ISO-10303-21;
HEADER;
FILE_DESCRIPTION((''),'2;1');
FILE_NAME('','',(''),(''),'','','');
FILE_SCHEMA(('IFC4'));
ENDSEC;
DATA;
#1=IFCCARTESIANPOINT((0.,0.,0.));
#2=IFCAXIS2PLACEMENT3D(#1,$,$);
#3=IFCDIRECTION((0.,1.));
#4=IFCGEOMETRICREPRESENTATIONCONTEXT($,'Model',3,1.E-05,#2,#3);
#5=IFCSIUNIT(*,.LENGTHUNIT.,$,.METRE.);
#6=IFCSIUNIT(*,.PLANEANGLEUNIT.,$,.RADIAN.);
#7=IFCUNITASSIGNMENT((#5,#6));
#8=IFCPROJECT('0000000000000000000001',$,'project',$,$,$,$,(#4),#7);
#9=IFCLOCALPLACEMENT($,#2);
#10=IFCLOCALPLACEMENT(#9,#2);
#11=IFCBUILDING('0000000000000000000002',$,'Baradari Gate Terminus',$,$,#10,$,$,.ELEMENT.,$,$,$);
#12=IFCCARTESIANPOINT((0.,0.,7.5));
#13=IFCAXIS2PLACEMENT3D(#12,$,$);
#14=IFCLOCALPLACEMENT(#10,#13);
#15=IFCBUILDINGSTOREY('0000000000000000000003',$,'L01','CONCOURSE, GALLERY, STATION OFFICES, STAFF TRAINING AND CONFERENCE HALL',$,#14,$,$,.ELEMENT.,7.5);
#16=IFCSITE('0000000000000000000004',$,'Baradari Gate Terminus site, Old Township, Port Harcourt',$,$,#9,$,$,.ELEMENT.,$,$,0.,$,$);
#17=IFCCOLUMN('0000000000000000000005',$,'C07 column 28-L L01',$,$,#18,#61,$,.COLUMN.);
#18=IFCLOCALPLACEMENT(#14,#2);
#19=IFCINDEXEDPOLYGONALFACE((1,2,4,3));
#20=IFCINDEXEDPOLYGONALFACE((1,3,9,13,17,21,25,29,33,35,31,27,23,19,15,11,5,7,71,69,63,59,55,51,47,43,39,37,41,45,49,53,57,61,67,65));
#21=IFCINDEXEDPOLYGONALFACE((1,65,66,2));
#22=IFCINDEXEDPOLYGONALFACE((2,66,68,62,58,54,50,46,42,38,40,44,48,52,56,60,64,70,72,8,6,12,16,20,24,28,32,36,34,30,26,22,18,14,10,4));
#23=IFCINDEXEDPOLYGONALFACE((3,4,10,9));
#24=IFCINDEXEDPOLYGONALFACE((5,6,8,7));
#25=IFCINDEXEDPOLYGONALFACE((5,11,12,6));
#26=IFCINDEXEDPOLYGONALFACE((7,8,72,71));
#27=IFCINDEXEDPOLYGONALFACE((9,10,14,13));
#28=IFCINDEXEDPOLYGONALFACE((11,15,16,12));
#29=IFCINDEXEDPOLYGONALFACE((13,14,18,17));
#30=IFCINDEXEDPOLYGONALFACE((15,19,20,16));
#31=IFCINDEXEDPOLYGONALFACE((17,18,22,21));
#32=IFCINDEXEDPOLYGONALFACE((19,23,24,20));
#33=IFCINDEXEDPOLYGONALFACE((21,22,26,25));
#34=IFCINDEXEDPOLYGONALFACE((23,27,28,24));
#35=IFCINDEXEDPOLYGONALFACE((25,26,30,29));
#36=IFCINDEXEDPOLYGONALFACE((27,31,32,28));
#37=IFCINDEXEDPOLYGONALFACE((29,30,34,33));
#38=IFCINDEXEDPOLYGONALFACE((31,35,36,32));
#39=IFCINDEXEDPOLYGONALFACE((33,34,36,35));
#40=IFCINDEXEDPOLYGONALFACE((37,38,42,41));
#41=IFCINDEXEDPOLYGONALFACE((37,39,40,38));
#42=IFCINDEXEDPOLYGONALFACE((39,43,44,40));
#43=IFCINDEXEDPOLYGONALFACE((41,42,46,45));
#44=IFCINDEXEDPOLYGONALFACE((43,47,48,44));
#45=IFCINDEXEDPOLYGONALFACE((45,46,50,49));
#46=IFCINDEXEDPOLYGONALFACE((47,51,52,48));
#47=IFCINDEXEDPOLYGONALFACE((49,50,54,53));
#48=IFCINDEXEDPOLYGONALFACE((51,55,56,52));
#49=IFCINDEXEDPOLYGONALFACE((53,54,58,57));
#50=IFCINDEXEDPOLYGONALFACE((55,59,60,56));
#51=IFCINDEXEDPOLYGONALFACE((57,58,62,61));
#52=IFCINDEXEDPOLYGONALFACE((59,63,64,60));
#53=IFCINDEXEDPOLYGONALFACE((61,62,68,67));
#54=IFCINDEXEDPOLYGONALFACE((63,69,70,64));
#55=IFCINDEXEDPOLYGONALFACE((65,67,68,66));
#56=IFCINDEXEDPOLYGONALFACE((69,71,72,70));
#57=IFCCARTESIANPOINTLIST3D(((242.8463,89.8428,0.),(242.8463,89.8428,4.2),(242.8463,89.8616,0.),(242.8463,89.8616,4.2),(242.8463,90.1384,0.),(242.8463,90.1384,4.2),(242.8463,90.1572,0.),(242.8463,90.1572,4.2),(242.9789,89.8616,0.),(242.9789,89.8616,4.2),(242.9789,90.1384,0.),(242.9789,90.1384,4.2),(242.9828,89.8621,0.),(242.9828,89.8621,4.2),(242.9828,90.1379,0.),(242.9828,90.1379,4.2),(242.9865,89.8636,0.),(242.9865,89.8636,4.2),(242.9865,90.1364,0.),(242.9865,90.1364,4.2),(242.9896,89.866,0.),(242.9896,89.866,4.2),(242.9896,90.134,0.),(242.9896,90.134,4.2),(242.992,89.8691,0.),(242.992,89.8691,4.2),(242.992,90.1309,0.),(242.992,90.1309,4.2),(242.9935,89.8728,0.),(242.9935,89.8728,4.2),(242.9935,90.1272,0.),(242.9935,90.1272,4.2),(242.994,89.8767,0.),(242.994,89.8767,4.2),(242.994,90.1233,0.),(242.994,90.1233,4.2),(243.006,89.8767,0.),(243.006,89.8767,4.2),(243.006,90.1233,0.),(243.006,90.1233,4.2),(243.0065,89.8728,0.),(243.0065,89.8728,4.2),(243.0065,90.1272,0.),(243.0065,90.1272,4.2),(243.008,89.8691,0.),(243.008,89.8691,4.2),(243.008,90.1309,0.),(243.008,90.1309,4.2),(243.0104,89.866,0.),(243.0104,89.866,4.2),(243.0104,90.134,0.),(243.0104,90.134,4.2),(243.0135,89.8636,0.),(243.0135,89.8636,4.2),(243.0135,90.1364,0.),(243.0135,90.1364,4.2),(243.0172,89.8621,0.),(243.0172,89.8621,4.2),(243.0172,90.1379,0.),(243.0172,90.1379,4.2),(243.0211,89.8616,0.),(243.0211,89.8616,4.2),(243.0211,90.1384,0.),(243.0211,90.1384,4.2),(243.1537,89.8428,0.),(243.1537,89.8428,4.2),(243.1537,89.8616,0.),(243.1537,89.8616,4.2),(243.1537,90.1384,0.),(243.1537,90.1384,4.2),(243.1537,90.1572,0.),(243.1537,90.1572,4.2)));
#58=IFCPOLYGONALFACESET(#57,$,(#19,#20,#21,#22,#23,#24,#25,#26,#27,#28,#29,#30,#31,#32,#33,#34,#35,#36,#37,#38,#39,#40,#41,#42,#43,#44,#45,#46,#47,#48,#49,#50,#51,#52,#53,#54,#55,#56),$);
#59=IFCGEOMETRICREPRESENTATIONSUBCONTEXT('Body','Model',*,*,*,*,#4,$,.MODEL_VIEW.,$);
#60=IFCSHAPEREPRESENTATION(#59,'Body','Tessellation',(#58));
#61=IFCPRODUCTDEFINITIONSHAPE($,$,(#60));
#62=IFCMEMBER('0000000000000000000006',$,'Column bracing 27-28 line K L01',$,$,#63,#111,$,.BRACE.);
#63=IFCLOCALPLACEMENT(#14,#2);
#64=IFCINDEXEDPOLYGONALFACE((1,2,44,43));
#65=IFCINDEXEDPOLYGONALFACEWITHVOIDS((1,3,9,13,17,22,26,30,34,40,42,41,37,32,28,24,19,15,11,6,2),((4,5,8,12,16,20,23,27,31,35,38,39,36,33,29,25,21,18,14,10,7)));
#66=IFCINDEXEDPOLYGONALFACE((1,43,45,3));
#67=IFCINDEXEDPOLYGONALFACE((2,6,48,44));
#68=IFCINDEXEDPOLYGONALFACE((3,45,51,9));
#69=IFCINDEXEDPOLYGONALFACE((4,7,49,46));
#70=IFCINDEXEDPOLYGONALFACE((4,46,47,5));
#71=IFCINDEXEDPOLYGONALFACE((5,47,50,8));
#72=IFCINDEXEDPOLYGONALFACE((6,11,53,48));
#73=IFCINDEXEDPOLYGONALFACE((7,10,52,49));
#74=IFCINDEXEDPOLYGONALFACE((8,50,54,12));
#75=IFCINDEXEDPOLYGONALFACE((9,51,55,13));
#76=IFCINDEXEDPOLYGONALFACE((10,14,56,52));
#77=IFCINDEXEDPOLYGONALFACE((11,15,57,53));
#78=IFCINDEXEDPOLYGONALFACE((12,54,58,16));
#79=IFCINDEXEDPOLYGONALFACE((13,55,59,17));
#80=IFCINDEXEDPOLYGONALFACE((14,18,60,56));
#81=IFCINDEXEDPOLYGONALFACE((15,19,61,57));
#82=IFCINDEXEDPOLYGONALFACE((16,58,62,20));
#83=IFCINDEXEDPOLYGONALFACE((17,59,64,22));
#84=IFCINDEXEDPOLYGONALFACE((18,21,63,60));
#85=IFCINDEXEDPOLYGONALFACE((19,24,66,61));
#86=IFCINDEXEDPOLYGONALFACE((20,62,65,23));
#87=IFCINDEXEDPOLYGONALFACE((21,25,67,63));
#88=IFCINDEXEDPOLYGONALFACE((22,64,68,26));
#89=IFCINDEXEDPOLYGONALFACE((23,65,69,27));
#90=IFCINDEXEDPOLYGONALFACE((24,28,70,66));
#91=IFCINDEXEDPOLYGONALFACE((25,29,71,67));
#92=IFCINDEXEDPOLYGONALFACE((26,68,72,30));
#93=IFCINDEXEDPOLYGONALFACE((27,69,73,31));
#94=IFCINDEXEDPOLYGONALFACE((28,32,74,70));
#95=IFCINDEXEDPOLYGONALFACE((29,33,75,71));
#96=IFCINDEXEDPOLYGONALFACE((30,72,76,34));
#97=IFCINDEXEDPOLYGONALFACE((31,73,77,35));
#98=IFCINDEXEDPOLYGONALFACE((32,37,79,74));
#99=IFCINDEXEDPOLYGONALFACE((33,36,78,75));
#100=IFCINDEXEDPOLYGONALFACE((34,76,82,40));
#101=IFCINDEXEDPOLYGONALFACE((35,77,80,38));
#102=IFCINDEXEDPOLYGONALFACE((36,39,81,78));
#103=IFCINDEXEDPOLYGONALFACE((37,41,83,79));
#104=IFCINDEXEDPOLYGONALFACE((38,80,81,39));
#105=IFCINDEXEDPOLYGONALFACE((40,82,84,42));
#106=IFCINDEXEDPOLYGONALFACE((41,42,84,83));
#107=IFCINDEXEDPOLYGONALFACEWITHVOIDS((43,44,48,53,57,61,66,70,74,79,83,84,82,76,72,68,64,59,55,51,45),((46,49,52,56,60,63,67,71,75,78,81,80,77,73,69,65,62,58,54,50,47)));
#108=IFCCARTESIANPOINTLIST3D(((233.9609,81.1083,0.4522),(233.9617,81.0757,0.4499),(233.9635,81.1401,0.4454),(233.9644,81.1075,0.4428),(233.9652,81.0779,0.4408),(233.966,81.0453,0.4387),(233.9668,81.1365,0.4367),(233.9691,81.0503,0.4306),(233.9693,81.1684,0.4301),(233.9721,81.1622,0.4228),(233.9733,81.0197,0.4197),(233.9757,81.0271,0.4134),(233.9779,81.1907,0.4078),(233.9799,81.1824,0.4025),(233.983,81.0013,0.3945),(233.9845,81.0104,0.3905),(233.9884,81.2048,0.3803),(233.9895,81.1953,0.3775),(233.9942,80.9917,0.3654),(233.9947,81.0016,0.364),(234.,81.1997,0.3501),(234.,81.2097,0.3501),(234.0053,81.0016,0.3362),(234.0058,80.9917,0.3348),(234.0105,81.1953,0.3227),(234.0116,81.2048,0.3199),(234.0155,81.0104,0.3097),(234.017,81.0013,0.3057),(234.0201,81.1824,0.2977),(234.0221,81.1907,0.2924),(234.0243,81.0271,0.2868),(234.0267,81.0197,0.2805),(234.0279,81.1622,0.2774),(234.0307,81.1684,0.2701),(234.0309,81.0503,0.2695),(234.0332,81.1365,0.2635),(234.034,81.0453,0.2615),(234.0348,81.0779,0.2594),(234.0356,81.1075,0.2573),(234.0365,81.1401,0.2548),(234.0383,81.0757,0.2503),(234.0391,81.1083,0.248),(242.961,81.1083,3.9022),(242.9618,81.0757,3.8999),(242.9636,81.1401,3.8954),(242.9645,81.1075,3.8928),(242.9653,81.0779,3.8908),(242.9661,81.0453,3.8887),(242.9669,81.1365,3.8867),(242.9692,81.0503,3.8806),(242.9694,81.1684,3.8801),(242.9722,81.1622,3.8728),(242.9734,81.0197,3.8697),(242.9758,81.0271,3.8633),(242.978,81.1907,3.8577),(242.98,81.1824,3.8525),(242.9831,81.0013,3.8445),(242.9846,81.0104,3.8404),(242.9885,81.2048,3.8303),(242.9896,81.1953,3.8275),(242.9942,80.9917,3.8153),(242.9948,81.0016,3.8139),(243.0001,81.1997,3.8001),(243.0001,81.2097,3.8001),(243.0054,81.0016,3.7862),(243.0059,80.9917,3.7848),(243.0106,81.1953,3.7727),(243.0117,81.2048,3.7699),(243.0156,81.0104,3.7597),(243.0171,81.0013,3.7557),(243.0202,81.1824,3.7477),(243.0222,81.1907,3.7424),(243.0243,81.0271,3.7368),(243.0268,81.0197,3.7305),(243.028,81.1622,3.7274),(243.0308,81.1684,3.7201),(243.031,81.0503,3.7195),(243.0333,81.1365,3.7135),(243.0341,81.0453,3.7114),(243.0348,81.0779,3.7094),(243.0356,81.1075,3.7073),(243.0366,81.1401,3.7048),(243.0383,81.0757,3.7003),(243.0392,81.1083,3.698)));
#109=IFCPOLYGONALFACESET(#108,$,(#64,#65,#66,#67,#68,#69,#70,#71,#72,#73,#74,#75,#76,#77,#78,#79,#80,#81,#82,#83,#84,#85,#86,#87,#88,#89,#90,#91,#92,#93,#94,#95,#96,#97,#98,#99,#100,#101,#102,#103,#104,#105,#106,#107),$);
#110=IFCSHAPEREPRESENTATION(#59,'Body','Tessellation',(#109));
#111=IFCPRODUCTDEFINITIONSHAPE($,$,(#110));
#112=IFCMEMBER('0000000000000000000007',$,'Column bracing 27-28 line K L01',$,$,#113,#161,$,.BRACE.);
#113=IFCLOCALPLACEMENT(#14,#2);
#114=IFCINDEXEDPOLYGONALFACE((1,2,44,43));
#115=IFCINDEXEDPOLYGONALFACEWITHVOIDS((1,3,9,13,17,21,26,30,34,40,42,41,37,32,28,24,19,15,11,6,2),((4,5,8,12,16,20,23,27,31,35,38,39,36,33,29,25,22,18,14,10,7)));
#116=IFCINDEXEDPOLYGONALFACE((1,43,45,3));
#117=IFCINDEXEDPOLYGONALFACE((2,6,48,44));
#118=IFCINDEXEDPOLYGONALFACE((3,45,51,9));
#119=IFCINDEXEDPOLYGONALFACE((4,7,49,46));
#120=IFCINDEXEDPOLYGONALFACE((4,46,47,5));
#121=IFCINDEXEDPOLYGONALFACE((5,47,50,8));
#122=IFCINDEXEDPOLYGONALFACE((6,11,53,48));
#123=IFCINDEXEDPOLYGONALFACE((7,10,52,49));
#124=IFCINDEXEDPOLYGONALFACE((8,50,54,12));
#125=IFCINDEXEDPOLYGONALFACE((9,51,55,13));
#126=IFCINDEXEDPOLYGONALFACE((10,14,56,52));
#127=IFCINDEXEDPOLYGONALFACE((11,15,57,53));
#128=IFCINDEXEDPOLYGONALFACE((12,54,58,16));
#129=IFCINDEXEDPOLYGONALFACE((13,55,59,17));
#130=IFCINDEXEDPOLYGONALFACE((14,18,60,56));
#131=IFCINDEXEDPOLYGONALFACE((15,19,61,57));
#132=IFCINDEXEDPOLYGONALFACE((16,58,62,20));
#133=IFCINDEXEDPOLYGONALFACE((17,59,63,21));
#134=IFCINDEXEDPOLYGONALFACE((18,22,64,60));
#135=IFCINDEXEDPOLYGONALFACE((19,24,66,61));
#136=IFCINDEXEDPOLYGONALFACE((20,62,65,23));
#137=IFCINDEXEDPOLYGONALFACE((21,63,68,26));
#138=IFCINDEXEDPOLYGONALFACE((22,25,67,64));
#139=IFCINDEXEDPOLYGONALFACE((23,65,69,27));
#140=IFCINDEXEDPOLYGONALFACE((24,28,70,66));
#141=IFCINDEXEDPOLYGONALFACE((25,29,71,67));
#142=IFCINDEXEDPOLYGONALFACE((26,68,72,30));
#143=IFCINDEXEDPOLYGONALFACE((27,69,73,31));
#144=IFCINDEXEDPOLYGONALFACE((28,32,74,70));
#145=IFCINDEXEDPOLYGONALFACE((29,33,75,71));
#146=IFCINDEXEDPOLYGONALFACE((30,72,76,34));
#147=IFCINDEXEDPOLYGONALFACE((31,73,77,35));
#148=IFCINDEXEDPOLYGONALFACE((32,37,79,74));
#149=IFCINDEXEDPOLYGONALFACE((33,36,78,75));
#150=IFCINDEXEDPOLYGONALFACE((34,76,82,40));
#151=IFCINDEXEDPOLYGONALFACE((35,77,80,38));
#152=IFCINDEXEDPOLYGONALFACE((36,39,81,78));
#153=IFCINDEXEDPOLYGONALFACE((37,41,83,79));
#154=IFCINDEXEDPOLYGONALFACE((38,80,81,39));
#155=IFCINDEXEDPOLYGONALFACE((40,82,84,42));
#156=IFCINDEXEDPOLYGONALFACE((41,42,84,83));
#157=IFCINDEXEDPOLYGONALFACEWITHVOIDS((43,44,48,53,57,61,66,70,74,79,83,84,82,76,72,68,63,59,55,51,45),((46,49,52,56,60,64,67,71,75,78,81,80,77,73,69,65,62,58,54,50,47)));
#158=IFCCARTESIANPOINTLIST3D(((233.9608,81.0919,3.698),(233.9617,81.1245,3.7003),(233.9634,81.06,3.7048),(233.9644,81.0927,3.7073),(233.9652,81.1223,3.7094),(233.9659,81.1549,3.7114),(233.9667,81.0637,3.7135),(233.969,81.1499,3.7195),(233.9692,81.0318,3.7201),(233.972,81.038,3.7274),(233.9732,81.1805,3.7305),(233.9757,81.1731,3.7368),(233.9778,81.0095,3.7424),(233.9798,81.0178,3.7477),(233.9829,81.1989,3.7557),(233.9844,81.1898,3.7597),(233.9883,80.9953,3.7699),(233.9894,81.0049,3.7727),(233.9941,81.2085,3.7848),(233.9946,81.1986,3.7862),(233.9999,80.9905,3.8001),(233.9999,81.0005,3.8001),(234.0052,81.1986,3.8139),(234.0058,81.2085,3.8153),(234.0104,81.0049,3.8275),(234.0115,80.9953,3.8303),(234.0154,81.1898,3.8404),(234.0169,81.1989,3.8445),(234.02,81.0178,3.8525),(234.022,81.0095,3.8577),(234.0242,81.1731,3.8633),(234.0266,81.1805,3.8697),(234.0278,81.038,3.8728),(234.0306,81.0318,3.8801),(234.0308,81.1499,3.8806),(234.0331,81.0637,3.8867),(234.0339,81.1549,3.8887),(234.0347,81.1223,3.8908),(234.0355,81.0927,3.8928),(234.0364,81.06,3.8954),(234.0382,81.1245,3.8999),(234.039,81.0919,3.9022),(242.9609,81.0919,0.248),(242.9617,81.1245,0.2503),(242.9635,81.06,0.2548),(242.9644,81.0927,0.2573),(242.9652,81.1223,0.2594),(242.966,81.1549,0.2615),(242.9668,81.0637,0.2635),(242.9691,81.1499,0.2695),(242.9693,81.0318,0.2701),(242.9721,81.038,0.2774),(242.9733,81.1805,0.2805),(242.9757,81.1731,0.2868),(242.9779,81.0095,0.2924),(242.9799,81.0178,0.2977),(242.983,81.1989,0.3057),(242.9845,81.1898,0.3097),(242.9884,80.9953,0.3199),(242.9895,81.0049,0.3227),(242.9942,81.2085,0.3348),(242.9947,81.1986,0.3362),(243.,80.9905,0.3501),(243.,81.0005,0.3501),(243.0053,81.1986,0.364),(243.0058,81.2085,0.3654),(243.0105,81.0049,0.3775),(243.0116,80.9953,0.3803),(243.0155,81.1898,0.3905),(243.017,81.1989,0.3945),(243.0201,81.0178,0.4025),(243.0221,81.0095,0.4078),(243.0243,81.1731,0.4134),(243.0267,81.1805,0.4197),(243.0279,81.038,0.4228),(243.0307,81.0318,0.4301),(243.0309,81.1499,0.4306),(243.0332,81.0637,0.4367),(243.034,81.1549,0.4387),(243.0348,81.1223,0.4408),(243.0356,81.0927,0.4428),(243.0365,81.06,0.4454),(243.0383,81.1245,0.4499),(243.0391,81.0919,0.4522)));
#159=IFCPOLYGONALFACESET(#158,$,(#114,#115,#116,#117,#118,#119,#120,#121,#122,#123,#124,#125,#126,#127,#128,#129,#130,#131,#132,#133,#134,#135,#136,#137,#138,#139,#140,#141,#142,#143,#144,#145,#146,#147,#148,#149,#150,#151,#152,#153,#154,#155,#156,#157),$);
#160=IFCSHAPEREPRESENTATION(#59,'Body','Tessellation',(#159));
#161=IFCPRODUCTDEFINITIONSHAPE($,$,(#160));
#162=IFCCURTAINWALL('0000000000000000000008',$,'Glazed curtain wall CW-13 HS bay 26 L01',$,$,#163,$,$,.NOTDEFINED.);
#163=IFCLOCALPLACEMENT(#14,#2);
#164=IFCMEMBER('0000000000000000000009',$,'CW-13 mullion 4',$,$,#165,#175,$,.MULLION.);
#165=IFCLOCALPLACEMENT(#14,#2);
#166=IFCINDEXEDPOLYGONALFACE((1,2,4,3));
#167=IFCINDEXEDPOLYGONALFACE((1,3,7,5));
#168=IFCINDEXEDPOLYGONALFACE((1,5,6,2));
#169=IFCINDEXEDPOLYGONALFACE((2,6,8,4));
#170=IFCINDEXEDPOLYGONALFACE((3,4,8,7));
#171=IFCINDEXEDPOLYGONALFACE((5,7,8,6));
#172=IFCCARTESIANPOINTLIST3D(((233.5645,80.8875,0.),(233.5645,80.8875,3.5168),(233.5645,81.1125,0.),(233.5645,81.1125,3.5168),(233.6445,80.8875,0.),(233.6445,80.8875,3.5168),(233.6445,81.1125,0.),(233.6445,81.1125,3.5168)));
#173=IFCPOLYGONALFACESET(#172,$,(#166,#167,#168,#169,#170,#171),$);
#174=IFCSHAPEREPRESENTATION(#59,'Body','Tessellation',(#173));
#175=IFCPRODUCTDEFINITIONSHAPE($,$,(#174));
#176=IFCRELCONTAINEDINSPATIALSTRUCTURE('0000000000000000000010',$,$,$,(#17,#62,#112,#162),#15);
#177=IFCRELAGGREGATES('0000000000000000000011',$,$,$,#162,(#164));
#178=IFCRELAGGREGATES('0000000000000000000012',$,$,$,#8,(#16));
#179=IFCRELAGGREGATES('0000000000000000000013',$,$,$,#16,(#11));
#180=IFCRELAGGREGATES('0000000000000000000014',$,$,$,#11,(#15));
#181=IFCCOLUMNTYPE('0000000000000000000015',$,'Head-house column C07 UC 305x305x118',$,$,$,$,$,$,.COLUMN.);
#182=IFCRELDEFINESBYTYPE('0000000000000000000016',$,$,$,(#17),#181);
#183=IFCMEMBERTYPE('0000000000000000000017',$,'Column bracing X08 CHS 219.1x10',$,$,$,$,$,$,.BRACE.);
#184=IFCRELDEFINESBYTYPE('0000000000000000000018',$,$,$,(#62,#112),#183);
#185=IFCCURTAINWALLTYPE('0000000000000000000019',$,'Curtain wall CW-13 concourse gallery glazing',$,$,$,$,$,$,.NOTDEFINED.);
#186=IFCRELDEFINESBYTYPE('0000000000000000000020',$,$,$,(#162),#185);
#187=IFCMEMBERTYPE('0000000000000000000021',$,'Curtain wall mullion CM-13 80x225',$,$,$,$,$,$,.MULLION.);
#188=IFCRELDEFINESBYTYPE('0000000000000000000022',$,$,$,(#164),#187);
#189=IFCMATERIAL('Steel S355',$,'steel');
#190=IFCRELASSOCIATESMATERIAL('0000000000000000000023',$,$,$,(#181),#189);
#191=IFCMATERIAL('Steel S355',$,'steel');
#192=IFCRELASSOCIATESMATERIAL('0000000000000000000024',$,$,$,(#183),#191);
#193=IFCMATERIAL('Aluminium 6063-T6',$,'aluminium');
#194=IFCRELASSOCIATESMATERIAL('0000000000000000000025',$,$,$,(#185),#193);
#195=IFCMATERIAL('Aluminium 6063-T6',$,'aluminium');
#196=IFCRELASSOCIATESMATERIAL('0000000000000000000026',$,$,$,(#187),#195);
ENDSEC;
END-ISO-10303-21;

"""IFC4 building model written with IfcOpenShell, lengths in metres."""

from ifc_helpers import new_model, si_unit, direction, frame, origin, origin_2d, place, context, subcontext, project, spatial, rectangle, hollow_circle, i_section, extrude, material, material_profile, profile_set, type_object, element, aggregate, save


model = new_model("IFC4")

# Units and contexts
model_context = context("Model", 3, precision=1e-05, world=origin(), true_north=direction((0.0, 1.0)))
body_context = subcontext(model_context, "Body", "Model", "MODEL_VIEW")
ifc_project = project(units=[si_unit("LENGTHUNIT", "METRE"), si_unit("PLANEANGLEUNIT", "RADIAN")], contexts=[model_context])

# Site, building, storey
site_placement = place(None, origin())
site = spatial("IfcSite", under=ifc_project, at=site_placement, Name="Baradari Gate Terminus site, Old Township, Port Harcourt", CompositionType="ELEMENT", RefElevation=0.0)
building_placement = place(site_placement, origin())
building = spatial("IfcBuilding", under=site, at=building_placement, Name="Baradari Gate Terminus", CompositionType="ELEMENT")
storey_placement = place(building_placement, frame((0.0, 0.0, 7.5)))
storey = spatial("IfcBuildingStorey", under=building, at=storey_placement, Name="L01", Description="CONCOURSE, GALLERY, STATION OFFICES, STAFF TRAINING AND CONFERENCE HALL", CompositionType="ELEMENT", Elevation=7.5)

# Column
ifc_material_1 = material(Name="Steel S355", Category="steel")
ifc_material_profile_1 = material_profile(ifc_material_1, i_section(OverallWidth=0.3074, OverallDepth=0.3145, WebThickness=0.012, FlangeThickness=0.0188, FilletRadius=0.0151, at=origin_2d()), Name="UC 305x305x118")
ifc_profile_set_1 = profile_set([ifc_material_profile_1], Name="Steel S355")
column_type_1 = type_object("IfcColumnType", Name="Head-house column C07 UC 305x305x118", PredefinedType="COLUMN", material=ifc_profile_set_1)
for number, where, z_axis, x_axis, name in (
    (1, (243.0, 90.0, 0.0), (0.0, 0.0, 1.0), (1.0, 0.0, 0.0), "C07 column 28-L L01"),
):
    element("IfcColumn", number, at=place(storey_placement, frame(where, z_axis=z_axis, x_axis=x_axis)), inside=storey, type_object=column_type_1, Name=name, PredefinedType="COLUMN", context=body_context, shape_type="SweptSolid", body=[
        extrude(i_section(OverallWidth=0.3074, OverallDepth=0.3145, WebThickness=0.012, FlangeThickness=0.0188, FilletRadius=0.0151, at=origin_2d()), origin(), (0.0, 0.0, 1.0), 4.2),
    ])

# Members
ifc_material_2 = material(Name="Steel S355", Category="steel")
ifc_material_profile_2 = material_profile(ifc_material_2, hollow_circle(Radius=0.1096, WallThickness=0.01, at=origin_2d()), Name="CHS 219.1x10")
ifc_profile_set_2 = profile_set([ifc_material_profile_2], Name="Steel S355")
member_type_1 = type_object("IfcMemberType", Name="Column bracing X08 CHS 219.1x10", PredefinedType="BRACE", material=ifc_profile_set_2)
for number, where, z_axis, x_axis, name in (
    (2, (234.0, 81.1001, 0.3501), (0.933748, 0.0, 0.357932), (0.0, 1.0, 0.0), "Column bracing 27-28 line K L01"),
    (3, (243.0, 81.1001, 0.3501), (-0.933748, 0.0, 0.357932), (0.0, -1.0, 0.0), "Column bracing 27-28 line K L01"),
):
    element("IfcMember", number, at=place(storey_placement, frame(where, z_axis=z_axis, x_axis=x_axis)), inside=storey, type_object=member_type_1, Name=name, PredefinedType="BRACE", context=body_context, shape_type="SweptSolid", body=[
        extrude(hollow_circle(Radius=0.1096, WallThickness=0.01, at=origin_2d()), origin(), (0.0, 0.0, 1.0), 9.6387),
    ])

# Curtain wall, member
ifc_material_3 = material(Name="Aluminium 6063-T6", Category="aluminium")
curtain_wall_type = type_object("IfcCurtainWallType", Name="Curtain wall CW-13 concourse gallery glazing", PredefinedType="NOTDEFINED", material=ifc_material_3)
curtain_wall_placement = place(storey_placement, origin())
curtain_wall = element("IfcCurtainWall", 4, at=curtain_wall_placement, inside=storey, type_object=curtain_wall_type, Name="Glazed curtain wall CW-13 HS bay 26 L01", PredefinedType="NOTDEFINED")
ifc_material_4 = material(Name="Aluminium 6063-T6", Category="aluminium")
ifc_material_profile_3 = material_profile(ifc_material_4, rectangle(XDim=0.2251, YDim=0.0801, at=origin_2d()), Name="CM-13 80X225")
ifc_profile_set_3 = profile_set([ifc_material_profile_3], Name="Aluminium 6063-T6")
member_type_2 = type_object("IfcMemberType", Name="Curtain wall mullion CM-13 80x225", PredefinedType="MULLION", material=ifc_profile_set_3)
member_placement = place(storey_placement, frame((233.6045, 81.0, 0.0), z_axis=(0.0, 0.0, 1.0), x_axis=(0.0, 1.0, 0.0)))
member = element("IfcMember", 5, at=member_placement, type_object=member_type_2, Name="CW-13 mullion 4", PredefinedType="MULLION", context=body_context, shape_type="SweptSolid", body=[
    extrude(rectangle(XDim=0.2251, YDim=0.0801, at=origin_2d()), origin(), (0.0, 0.0, 1.0), 3.5168),
])
aggregate(curtain_wall, [member])

save(model, "model.ifc")
